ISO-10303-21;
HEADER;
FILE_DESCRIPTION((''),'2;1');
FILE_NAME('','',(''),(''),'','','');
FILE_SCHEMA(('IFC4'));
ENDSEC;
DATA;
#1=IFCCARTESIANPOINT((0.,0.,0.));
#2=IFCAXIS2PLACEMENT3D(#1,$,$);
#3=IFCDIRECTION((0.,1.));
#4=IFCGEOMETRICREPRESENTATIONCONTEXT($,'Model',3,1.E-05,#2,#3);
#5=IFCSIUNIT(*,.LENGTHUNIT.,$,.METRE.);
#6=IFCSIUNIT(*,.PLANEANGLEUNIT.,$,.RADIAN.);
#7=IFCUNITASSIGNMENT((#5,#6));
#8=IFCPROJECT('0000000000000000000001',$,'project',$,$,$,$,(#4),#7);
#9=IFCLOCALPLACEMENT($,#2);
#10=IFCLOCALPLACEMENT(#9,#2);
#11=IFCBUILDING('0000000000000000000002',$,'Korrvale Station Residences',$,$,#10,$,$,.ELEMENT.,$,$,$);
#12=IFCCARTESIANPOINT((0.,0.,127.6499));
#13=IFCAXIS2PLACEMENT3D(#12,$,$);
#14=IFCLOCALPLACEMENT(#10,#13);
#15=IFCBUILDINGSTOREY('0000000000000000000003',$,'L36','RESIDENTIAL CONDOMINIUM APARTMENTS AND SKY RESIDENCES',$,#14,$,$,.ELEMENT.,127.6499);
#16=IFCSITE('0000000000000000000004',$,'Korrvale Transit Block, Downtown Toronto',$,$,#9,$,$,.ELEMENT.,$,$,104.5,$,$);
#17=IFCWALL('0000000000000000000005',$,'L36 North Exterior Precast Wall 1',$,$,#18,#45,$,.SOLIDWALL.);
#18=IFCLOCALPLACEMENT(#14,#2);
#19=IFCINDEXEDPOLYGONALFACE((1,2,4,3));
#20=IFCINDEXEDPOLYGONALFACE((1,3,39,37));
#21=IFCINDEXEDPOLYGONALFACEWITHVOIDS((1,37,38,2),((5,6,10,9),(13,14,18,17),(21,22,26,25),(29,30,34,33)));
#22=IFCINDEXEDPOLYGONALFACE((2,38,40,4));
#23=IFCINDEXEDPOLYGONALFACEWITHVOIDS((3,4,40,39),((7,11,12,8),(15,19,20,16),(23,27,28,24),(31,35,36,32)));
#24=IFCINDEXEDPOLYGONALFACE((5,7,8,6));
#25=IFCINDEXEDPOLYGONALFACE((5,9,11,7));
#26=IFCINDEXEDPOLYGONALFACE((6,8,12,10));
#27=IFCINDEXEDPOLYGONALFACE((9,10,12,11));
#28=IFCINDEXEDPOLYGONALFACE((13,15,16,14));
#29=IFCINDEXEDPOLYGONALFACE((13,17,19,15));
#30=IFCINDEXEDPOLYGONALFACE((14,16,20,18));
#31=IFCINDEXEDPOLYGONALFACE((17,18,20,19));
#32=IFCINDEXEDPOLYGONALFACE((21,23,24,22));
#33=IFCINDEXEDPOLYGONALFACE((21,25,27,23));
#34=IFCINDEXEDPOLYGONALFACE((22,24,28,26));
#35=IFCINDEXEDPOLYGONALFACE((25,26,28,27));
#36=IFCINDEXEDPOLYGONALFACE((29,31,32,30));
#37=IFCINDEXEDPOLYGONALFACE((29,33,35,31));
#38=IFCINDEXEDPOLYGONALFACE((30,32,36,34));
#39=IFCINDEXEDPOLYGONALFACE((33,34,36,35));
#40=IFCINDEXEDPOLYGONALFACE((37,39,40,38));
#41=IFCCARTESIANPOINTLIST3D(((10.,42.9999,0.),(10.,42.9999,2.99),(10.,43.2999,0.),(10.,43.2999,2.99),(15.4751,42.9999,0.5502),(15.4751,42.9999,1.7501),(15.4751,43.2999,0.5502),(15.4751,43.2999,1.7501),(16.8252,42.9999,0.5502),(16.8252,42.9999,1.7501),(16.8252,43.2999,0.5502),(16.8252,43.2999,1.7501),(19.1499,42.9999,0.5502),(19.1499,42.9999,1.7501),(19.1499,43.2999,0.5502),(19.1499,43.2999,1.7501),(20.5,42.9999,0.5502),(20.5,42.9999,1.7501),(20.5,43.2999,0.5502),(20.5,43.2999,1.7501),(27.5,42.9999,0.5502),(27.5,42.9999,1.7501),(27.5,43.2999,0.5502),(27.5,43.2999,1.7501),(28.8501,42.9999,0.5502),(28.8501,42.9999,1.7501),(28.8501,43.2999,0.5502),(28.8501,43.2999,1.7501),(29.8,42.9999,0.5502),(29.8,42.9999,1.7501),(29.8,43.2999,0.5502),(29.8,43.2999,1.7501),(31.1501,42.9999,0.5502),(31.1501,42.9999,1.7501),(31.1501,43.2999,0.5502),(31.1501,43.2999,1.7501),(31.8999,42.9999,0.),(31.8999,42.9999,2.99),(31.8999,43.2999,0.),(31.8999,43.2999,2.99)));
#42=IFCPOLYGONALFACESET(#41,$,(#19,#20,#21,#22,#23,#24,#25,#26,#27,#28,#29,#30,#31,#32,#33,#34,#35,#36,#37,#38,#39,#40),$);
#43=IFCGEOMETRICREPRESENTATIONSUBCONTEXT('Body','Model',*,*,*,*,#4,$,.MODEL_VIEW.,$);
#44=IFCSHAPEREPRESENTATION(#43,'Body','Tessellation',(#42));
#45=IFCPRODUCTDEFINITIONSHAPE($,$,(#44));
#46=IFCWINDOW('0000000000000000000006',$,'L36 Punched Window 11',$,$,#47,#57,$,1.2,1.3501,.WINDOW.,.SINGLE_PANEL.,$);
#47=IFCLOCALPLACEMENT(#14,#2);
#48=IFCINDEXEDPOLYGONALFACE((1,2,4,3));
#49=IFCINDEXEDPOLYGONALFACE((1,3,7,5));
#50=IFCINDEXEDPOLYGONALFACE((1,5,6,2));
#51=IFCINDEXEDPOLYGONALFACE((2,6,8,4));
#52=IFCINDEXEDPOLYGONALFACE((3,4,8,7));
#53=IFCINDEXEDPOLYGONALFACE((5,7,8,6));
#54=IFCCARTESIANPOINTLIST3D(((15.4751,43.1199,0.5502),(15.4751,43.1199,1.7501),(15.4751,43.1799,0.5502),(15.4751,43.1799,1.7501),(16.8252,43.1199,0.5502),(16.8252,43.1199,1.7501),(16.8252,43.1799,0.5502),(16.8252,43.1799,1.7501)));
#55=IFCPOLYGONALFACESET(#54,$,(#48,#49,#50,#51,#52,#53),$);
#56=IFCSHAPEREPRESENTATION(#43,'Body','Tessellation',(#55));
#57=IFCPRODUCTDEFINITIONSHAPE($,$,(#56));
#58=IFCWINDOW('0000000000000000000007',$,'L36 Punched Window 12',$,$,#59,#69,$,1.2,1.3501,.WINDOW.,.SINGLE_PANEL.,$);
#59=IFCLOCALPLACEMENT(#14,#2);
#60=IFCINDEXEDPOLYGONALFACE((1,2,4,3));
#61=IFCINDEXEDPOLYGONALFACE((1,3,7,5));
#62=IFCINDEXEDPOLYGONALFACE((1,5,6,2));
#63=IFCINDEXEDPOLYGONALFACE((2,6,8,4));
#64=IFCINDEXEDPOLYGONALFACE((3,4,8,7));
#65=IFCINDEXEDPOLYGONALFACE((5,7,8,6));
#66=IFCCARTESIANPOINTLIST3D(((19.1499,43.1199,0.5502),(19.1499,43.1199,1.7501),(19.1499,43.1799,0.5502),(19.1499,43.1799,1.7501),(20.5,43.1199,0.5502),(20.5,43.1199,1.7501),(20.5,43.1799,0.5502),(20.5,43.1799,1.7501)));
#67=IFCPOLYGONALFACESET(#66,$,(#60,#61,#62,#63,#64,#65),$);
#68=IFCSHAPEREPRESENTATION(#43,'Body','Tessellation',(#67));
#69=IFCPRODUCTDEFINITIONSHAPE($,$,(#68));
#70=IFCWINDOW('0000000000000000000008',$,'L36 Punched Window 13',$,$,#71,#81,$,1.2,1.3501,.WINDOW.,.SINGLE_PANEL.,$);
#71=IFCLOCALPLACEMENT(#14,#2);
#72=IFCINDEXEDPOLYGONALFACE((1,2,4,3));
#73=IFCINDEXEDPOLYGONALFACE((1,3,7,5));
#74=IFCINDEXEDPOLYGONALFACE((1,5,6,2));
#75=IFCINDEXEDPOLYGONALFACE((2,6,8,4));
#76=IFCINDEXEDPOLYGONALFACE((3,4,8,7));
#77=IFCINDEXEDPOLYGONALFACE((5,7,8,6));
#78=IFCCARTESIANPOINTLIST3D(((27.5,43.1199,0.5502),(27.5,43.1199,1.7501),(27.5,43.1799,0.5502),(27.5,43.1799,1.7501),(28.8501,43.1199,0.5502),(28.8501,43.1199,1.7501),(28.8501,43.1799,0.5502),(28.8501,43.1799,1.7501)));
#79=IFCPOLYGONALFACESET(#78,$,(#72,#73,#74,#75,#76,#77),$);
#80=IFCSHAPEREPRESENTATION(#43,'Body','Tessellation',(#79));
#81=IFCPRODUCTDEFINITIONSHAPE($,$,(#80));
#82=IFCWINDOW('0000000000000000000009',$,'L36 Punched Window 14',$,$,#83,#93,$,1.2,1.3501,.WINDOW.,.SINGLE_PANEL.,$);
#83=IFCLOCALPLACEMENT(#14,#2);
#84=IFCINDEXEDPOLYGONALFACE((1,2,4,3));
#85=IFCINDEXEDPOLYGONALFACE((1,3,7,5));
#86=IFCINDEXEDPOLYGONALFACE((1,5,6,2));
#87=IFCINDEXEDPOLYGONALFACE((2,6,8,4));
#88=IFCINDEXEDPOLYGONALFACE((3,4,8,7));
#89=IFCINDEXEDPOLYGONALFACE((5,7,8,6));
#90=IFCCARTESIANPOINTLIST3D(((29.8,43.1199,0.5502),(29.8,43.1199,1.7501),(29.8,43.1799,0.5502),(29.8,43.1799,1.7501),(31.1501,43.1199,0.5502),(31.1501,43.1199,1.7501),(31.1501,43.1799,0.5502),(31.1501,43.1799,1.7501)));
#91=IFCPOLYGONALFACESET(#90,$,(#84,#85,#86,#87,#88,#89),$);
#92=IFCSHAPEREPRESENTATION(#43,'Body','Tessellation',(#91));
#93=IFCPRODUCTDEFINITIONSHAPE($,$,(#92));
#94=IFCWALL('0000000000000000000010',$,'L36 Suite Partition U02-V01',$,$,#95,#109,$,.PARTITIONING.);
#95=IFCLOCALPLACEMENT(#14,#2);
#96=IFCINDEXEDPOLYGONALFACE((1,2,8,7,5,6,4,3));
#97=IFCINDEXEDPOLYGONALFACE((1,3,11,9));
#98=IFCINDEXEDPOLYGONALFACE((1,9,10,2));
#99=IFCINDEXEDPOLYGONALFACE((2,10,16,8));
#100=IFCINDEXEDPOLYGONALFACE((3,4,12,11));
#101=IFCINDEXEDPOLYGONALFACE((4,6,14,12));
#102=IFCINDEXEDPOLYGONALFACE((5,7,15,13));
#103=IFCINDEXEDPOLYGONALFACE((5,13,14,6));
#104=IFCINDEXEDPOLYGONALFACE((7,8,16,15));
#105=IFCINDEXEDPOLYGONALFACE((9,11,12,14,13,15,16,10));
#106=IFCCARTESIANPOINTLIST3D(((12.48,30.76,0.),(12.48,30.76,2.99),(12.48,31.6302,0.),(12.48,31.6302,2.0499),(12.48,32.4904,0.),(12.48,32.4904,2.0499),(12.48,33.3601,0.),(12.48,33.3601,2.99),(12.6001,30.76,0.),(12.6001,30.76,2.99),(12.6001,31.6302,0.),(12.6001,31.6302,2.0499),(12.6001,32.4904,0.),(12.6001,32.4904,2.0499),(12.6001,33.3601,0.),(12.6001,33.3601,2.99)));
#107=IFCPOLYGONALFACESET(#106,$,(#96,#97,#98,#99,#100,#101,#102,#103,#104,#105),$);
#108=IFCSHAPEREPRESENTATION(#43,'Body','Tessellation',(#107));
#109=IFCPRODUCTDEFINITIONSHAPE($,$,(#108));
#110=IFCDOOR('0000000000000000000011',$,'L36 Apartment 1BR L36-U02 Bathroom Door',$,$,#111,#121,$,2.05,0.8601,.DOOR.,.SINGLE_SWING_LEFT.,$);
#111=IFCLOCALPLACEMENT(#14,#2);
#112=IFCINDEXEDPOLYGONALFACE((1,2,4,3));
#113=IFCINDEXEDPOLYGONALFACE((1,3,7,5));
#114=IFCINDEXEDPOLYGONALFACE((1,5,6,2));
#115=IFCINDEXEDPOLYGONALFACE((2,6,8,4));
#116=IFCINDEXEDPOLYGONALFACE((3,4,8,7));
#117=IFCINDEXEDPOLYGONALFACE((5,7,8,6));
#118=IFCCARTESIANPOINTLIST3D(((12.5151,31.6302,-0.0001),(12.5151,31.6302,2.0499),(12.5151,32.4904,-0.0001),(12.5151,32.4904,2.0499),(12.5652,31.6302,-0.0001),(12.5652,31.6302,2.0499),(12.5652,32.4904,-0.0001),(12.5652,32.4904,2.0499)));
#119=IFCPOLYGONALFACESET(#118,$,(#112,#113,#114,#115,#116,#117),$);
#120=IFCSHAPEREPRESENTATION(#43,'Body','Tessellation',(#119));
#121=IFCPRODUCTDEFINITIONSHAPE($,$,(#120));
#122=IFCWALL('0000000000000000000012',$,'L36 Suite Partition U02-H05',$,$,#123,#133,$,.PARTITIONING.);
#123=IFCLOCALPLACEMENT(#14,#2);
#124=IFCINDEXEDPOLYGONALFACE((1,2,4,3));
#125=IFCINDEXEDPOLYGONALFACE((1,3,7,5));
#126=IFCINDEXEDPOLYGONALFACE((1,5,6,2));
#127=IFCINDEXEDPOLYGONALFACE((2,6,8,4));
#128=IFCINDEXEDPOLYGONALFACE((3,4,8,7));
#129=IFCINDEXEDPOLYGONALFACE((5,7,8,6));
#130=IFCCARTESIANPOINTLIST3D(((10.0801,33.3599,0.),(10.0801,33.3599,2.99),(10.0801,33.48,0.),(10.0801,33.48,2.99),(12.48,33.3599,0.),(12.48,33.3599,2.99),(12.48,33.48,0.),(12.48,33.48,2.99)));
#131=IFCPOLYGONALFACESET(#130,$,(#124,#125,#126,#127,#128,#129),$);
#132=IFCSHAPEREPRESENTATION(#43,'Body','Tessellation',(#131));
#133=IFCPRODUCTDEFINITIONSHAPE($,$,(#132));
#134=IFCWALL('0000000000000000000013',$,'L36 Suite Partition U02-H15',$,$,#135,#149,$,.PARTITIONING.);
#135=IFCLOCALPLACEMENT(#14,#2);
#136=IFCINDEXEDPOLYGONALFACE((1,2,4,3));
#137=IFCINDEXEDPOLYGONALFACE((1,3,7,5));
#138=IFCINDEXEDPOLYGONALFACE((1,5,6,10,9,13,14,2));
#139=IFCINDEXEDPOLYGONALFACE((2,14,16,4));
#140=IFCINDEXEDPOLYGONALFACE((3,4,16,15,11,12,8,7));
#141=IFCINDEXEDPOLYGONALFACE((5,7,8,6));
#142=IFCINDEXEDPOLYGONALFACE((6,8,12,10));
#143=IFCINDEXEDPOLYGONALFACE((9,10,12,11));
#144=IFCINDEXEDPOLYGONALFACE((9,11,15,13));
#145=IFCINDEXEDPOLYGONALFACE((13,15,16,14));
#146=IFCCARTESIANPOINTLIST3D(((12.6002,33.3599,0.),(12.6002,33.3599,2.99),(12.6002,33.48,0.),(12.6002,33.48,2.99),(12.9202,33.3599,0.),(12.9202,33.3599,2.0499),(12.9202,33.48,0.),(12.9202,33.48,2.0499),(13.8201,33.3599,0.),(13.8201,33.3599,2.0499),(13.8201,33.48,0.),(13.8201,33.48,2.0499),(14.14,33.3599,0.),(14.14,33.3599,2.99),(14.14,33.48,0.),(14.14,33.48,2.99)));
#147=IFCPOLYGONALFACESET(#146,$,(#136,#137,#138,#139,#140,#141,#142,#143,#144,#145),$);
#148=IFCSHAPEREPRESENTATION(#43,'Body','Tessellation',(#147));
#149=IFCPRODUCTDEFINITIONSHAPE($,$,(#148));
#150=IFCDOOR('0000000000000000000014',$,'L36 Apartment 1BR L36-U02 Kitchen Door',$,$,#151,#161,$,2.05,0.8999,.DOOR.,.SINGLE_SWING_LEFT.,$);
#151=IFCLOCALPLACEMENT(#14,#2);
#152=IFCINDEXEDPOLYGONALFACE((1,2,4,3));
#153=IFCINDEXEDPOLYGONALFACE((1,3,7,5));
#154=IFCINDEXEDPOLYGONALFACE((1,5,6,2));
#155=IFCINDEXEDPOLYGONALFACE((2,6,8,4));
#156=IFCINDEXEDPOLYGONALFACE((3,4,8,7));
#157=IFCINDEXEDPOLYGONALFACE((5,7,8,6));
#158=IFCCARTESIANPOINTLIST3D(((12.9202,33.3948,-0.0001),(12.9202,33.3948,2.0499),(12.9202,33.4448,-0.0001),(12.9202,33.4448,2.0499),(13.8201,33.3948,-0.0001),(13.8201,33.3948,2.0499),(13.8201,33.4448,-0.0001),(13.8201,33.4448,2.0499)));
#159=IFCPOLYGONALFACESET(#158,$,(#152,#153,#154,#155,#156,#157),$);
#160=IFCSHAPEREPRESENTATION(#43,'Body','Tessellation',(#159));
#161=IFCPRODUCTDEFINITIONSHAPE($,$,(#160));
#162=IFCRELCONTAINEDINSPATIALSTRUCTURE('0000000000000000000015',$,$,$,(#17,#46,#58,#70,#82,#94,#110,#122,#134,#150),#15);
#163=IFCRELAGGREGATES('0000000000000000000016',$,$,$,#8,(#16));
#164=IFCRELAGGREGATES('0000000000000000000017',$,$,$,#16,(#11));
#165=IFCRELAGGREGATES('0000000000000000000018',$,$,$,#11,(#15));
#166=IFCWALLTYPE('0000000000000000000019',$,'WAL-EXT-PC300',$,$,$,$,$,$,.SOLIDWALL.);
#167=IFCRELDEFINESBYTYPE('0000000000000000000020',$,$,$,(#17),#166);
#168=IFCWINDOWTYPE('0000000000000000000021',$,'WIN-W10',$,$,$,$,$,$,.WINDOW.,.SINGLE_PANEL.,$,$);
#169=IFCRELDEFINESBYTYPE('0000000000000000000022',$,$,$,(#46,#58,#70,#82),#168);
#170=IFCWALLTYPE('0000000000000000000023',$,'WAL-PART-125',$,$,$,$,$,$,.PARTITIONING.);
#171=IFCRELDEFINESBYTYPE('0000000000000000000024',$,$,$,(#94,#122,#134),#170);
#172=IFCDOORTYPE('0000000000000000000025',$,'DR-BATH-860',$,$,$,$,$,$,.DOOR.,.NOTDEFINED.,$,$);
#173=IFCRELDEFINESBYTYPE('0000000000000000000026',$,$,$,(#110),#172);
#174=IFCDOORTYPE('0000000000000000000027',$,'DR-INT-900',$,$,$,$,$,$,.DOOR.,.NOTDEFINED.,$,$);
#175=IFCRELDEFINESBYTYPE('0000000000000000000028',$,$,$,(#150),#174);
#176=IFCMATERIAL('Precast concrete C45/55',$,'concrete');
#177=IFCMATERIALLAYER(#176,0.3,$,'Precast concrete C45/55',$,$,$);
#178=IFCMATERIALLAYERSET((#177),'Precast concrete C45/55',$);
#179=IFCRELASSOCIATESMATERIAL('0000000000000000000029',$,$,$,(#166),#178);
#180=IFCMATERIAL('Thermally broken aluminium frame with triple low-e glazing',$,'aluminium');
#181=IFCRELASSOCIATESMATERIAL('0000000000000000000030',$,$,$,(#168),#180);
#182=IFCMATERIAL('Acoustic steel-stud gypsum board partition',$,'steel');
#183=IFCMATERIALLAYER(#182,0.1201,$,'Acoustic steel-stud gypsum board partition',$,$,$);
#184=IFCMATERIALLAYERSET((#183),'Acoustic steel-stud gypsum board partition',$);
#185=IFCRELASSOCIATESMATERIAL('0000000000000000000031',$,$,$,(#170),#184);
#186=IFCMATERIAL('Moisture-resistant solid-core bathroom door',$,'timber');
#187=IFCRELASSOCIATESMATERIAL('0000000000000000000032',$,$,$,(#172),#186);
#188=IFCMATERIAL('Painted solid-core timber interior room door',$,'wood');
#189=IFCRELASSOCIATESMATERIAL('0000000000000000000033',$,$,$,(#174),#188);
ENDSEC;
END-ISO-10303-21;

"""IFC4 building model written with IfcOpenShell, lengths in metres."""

from ifc_helpers import new_model, si_unit, direction, frame, frame_2d, origin, place, context, subcontext, project, spatial, rectangle, extrude, material, layer, layer_set, type_object, element, fill, save


model = new_model("IFC4")

# Units and contexts
model_context = context("Model", 3, precision=1e-05, world=origin(), true_north=direction((0.0, 1.0)))
body_context = subcontext(model_context, "Body", "Model", "MODEL_VIEW")
ifc_project = project(units=[si_unit("LENGTHUNIT", "METRE"), si_unit("PLANEANGLEUNIT", "RADIAN")], contexts=[model_context])

# Site, building, storey
site_placement = place(None, origin())
site = spatial("IfcSite", under=ifc_project, at=site_placement, Name="Korrvale Transit Block, Downtown Toronto", CompositionType="ELEMENT", RefElevation=104.5)
building_placement = place(site_placement, origin())
building = spatial("IfcBuilding", under=site, at=building_placement, Name="Korrvale Station Residences", CompositionType="ELEMENT")
storey_placement = place(building_placement, frame((0.0, 0.0, 127.6499)))
storey = spatial("IfcBuildingStorey", under=building, at=storey_placement, Name="L36", Description="RESIDENTIAL CONDOMINIUM APARTMENTS AND SKY RESIDENCES", CompositionType="ELEMENT", Elevation=127.6499)

# Shared definitions
ifc_material_1 = material(Name="Precast concrete C45/55", Category="concrete")

# Wall, openings, windows
ifc_layer_1 = layer(ifc_material_1, 0.3, Name="Precast concrete C45/55")
ifc_layer_set_1 = layer_set([ifc_layer_1], Name="Precast concrete C45/55")
wall_type_1 = type_object("IfcWallType", Name="WAL-EXT-PC300", PredefinedType="SOLIDWALL", material=ifc_layer_set_1)
wall_1_placement = place(storey_placement, frame((10.0, 43.1499, 0.0), z_axis=(0.0, 0.0, 1.0), x_axis=(1.0, 0.0, 0.0)))
wall_1 = element("IfcWall", 1, at=wall_1_placement, inside=storey, type_object=wall_type_1, Name="L36 North Exterior Precast Wall 1", PredefinedType="SOLIDWALL", context=body_context, shape_type="SweptSolid", body=[
    extrude(rectangle(XDim=21.8999, YDim=0.3, at=frame_2d((10.95, 0.0))), origin(), (0.0, 0.0, 1.0), 2.99),
])
opening_1_placement = place(wall_1_placement, frame((5.4751, 0.0, 0.55)))
opening_1 = element("IfcOpeningElement", 2, at=opening_1_placement, cuts=wall_1, PredefinedType="OPENING", context=body_context, shape_type="SweptSolid", body=[
    extrude(rectangle(XDim=1.3501, YDim=1.2, at=frame_2d((0.675, 0.6001))), frame((0.0, 0.1602, 0.0), z_axis=(0.0, -1.0, 0.0), x_axis=(1.0, 0.0, 0.0)), (0.0, 0.0, 1.0), 0.3201),
])
opening_2_placement = place(wall_1_placement, frame((9.1499, 0.0, 0.55)))
opening_2 = element("IfcOpeningElement", 3, at=opening_2_placement, cuts=wall_1, PredefinedType="OPENING", context=body_context, shape_type="SweptSolid", body=[
    extrude(rectangle(XDim=1.3501, YDim=1.2, at=frame_2d((0.675, 0.6001))), frame((0.0, 0.1602, 0.0), z_axis=(0.0, -1.0, 0.0), x_axis=(1.0, 0.0, 0.0)), (0.0, 0.0, 1.0), 0.3201),
])
opening_3_placement = place(wall_1_placement, frame((17.5, 0.0, 0.55)))
opening_3 = element("IfcOpeningElement", 4, at=opening_3_placement, cuts=wall_1, PredefinedType="OPENING", context=body_context, shape_type="SweptSolid", body=[
    extrude(rectangle(XDim=1.3501, YDim=1.2, at=frame_2d((0.675, 0.6001))), frame((0.0, 0.1602, 0.0), z_axis=(0.0, -1.0, 0.0), x_axis=(1.0, 0.0, 0.0)), (0.0, 0.0, 1.0), 0.3201),
])
opening_4_placement = place(wall_1_placement, frame((19.8, 0.0, 0.55)))
opening_4 = element("IfcOpeningElement", 5, at=opening_4_placement, cuts=wall_1, PredefinedType="OPENING", context=body_context, shape_type="SweptSolid", body=[
    extrude(rectangle(XDim=1.3501, YDim=1.2, at=frame_2d((0.675, 0.6001))), frame((0.0, 0.1602, 0.0), z_axis=(0.0, -1.0, 0.0), x_axis=(1.0, 0.0, 0.0)), (0.0, 0.0, 1.0), 0.3201),
])
ifc_material_2 = material(Name="Thermally broken aluminium frame with triple low-e glazing", Category="aluminium")
window_type = type_object("IfcWindowType", Name="WIN-W10", PartitioningType="SINGLE_PANEL", PredefinedType="WINDOW", material=ifc_material_2)
window_1_placement = place(opening_1_placement, origin())
window_1 = element("IfcWindow", 6, at=window_1_placement, inside=storey, type_object=window_type, Name="L36 Punched Window 11", OverallHeight=1.2, OverallWidth=1.3501, PartitioningType="SINGLE_PANEL", PredefinedType="WINDOW", context=body_context, shape_type="SweptSolid", body=[
    extrude(rectangle(XDim=1.3501, YDim=1.2, at=frame_2d((0.675, 0.6001))), frame((0.0, 0.03, 0.0), z_axis=(0.0, -1.0, 0.0), x_axis=(1.0, 0.0, 0.0)), (0.0, 0.0, 1.0), 0.0601),
])
fill(opening_1, window_1)
window_2_placement = place(opening_2_placement, origin())
window_2 = element("IfcWindow", 7, at=window_2_placement, inside=storey, type_object=window_type, Name="L36 Punched Window 12", OverallHeight=1.2, OverallWidth=1.3501, PartitioningType="SINGLE_PANEL", PredefinedType="WINDOW", context=body_context, shape_type="SweptSolid", body=[
    extrude(rectangle(XDim=1.3501, YDim=1.2, at=frame_2d((0.675, 0.6001))), frame((0.0, 0.03, 0.0), z_axis=(0.0, -1.0, 0.0), x_axis=(1.0, 0.0, 0.0)), (0.0, 0.0, 1.0), 0.0601),
])
fill(opening_2, window_2)
window_3_placement = place(opening_3_placement, origin())
window_3 = element("IfcWindow", 8, at=window_3_placement, inside=storey, type_object=window_type, Name="L36 Punched Window 13", OverallHeight=1.2, OverallWidth=1.3501, PartitioningType="SINGLE_PANEL", PredefinedType="WINDOW", context=body_context, shape_type="SweptSolid", body=[
    extrude(rectangle(XDim=1.3501, YDim=1.2, at=frame_2d((0.675, 0.6001))), frame((0.0, 0.03, 0.0), z_axis=(0.0, -1.0, 0.0), x_axis=(1.0, 0.0, 0.0)), (0.0, 0.0, 1.0), 0.0601),
])
fill(opening_3, window_3)
window_4_placement = place(opening_4_placement, origin())
window_4 = element("IfcWindow", 9, at=window_4_placement, inside=storey, type_object=window_type, Name="L36 Punched Window 14", OverallHeight=1.2, OverallWidth=1.3501, PartitioningType="SINGLE_PANEL", PredefinedType="WINDOW", context=body_context, shape_type="SweptSolid", body=[
    extrude(rectangle(XDim=1.3501, YDim=1.2, at=frame_2d((0.675, 0.6001))), frame((0.0, 0.03, 0.0), z_axis=(0.0, -1.0, 0.0), x_axis=(1.0, 0.0, 0.0)), (0.0, 0.0, 1.0), 0.0601),
])
fill(opening_4, window_4)

# Wall, opening, door
ifc_material_3 = material(Name="Acoustic steel-stud gypsum board partition", Category="steel")
ifc_layer_2 = layer(ifc_material_3, 0.1201, Name="Acoustic steel-stud gypsum board partition")
ifc_layer_set_2 = layer_set([ifc_layer_2], Name="Acoustic steel-stud gypsum board partition")
wall_type_2 = type_object("IfcWallType", Name="WAL-PART-125", PredefinedType="PARTITIONING", material=ifc_layer_set_2)
wall_2_placement = place(storey_placement, frame((12.54, 30.76, 0.0), z_axis=(0.0, 0.0, 1.0), x_axis=(0.0, 1.0, 0.0)))
wall_2 = element("IfcWall", 10, at=wall_2_placement, inside=storey, type_object=wall_type_2, Name="L36 Suite Partition U02-V01", PredefinedType="PARTITIONING", context=body_context, shape_type="SweptSolid", body=[
    extrude(rectangle(XDim=2.6001, YDim=0.1201, at=frame_2d((1.3, 0.0))), origin(), (0.0, 0.0, 1.0), 2.99),
])
opening_5_placement = place(wall_2_placement, frame((0.8701, 0.0, 0.0)))
opening_5 = element("IfcOpeningElement", 11, at=opening_5_placement, cuts=wall_2, PredefinedType="OPENING", context=body_context, shape_type="SweptSolid", body=[
    extrude(rectangle(XDim=0.8601, YDim=2.05, at=frame_2d((0.4302, 1.0249))), frame((0.0, 0.0701, 0.0), z_axis=(0.0, -1.0, 0.0), x_axis=(1.0, 0.0, 0.0)), (0.0, 0.0, 1.0), 0.1401),
])
ifc_material_4 = material(Name="Moisture-resistant solid-core bathroom door", Category="timber")
door_type_1 = type_object("IfcDoorType", Name="DR-BATH-860", OperationType="NOTDEFINED", PredefinedType="DOOR", material=ifc_material_4)
door_1_placement = place(opening_5_placement, origin())
door_1 = element("IfcDoor", 12, at=door_1_placement, inside=storey, type_object=door_type_1, Name="L36 Apartment 1BR L36-U02 Bathroom Door", OperationType="SINGLE_SWING_LEFT", OverallHeight=2.05, OverallWidth=0.8601, PredefinedType="DOOR", context=body_context, shape_type="SweptSolid", body=[
    extrude(rectangle(XDim=0.8601, YDim=2.05, at=frame_2d((0.4302, 1.0249))), frame((0.0, 0.0249, 0.0), z_axis=(0.0, -1.0, 0.0), x_axis=(1.0, 0.0, 0.0)), (0.0, 0.0, 1.0), 0.05),
])
fill(opening_5, door_1)

# Wall
wall_3_placement = place(storey_placement, frame((10.0801, 33.4199, 0.0), z_axis=(0.0, 0.0, 1.0), x_axis=(1.0, 0.0, 0.0)))
element("IfcWall", 13, at=wall_3_placement, inside=storey, type_object=wall_type_2, Name="L36 Suite Partition U02-H05", PredefinedType="PARTITIONING", context=body_context, shape_type="SweptSolid", body=[
    extrude(rectangle(XDim=2.3999, YDim=0.1201, at=frame_2d((1.2, 0.0))), origin(), (0.0, 0.0, 1.0), 2.99),
])

# Wall, opening, door
wall_4_placement = place(storey_placement, frame((12.6001, 33.4199, 0.0), z_axis=(0.0, 0.0, 1.0), x_axis=(1.0, 0.0, 0.0)))
wall_4 = element("IfcWall", 14, at=wall_4_placement, inside=storey, type_object=wall_type_2, Name="L36 Suite Partition U02-H15", PredefinedType="PARTITIONING", context=body_context, shape_type="SweptSolid", body=[
    extrude(rectangle(XDim=1.5398, YDim=0.1201, at=frame_2d((0.77, 0.0))), origin(), (0.0, 0.0, 1.0), 2.99),
])
opening_6_placement = place(wall_4_placement, frame((0.3201, 0.0, 0.0)))
opening_6 = element("IfcOpeningElement", 15, at=opening_6_placement, cuts=wall_4, PredefinedType="OPENING", context=body_context, shape_type="SweptSolid", body=[
    extrude(rectangle(XDim=0.8999, YDim=2.05, at=frame_2d((0.45, 1.0249))), frame((0.0, 0.0701, 0.0), z_axis=(0.0, -1.0, 0.0), x_axis=(1.0, 0.0, 0.0)), (0.0, 0.0, 1.0), 0.1401),
])
ifc_material_5 = material(Name="Painted solid-core timber interior room door", Category="wood")
door_type_2 = type_object("IfcDoorType", Name="DR-INT-900", OperationType="NOTDEFINED", PredefinedType="DOOR", material=ifc_material_5)
door_2_placement = place(opening_6_placement, origin())
door_2 = element("IfcDoor", 16, at=door_2_placement, inside=storey, type_object=door_type_2, Name="L36 Apartment 1BR L36-U02 Kitchen Door", OperationType="SINGLE_SWING_LEFT", OverallHeight=2.05, OverallWidth=0.8999, PredefinedType="DOOR", context=body_context, shape_type="SweptSolid", body=[
    extrude(rectangle(XDim=0.8999, YDim=2.05, at=frame_2d((0.45, 1.0249))), frame((0.0, 0.0249, 0.0), z_axis=(0.0, -1.0, 0.0), x_axis=(1.0, 0.0, 0.0)), (0.0, 0.0, 1.0), 0.05),
])
fill(opening_6, door_2)

save(model, "model.ifc")
